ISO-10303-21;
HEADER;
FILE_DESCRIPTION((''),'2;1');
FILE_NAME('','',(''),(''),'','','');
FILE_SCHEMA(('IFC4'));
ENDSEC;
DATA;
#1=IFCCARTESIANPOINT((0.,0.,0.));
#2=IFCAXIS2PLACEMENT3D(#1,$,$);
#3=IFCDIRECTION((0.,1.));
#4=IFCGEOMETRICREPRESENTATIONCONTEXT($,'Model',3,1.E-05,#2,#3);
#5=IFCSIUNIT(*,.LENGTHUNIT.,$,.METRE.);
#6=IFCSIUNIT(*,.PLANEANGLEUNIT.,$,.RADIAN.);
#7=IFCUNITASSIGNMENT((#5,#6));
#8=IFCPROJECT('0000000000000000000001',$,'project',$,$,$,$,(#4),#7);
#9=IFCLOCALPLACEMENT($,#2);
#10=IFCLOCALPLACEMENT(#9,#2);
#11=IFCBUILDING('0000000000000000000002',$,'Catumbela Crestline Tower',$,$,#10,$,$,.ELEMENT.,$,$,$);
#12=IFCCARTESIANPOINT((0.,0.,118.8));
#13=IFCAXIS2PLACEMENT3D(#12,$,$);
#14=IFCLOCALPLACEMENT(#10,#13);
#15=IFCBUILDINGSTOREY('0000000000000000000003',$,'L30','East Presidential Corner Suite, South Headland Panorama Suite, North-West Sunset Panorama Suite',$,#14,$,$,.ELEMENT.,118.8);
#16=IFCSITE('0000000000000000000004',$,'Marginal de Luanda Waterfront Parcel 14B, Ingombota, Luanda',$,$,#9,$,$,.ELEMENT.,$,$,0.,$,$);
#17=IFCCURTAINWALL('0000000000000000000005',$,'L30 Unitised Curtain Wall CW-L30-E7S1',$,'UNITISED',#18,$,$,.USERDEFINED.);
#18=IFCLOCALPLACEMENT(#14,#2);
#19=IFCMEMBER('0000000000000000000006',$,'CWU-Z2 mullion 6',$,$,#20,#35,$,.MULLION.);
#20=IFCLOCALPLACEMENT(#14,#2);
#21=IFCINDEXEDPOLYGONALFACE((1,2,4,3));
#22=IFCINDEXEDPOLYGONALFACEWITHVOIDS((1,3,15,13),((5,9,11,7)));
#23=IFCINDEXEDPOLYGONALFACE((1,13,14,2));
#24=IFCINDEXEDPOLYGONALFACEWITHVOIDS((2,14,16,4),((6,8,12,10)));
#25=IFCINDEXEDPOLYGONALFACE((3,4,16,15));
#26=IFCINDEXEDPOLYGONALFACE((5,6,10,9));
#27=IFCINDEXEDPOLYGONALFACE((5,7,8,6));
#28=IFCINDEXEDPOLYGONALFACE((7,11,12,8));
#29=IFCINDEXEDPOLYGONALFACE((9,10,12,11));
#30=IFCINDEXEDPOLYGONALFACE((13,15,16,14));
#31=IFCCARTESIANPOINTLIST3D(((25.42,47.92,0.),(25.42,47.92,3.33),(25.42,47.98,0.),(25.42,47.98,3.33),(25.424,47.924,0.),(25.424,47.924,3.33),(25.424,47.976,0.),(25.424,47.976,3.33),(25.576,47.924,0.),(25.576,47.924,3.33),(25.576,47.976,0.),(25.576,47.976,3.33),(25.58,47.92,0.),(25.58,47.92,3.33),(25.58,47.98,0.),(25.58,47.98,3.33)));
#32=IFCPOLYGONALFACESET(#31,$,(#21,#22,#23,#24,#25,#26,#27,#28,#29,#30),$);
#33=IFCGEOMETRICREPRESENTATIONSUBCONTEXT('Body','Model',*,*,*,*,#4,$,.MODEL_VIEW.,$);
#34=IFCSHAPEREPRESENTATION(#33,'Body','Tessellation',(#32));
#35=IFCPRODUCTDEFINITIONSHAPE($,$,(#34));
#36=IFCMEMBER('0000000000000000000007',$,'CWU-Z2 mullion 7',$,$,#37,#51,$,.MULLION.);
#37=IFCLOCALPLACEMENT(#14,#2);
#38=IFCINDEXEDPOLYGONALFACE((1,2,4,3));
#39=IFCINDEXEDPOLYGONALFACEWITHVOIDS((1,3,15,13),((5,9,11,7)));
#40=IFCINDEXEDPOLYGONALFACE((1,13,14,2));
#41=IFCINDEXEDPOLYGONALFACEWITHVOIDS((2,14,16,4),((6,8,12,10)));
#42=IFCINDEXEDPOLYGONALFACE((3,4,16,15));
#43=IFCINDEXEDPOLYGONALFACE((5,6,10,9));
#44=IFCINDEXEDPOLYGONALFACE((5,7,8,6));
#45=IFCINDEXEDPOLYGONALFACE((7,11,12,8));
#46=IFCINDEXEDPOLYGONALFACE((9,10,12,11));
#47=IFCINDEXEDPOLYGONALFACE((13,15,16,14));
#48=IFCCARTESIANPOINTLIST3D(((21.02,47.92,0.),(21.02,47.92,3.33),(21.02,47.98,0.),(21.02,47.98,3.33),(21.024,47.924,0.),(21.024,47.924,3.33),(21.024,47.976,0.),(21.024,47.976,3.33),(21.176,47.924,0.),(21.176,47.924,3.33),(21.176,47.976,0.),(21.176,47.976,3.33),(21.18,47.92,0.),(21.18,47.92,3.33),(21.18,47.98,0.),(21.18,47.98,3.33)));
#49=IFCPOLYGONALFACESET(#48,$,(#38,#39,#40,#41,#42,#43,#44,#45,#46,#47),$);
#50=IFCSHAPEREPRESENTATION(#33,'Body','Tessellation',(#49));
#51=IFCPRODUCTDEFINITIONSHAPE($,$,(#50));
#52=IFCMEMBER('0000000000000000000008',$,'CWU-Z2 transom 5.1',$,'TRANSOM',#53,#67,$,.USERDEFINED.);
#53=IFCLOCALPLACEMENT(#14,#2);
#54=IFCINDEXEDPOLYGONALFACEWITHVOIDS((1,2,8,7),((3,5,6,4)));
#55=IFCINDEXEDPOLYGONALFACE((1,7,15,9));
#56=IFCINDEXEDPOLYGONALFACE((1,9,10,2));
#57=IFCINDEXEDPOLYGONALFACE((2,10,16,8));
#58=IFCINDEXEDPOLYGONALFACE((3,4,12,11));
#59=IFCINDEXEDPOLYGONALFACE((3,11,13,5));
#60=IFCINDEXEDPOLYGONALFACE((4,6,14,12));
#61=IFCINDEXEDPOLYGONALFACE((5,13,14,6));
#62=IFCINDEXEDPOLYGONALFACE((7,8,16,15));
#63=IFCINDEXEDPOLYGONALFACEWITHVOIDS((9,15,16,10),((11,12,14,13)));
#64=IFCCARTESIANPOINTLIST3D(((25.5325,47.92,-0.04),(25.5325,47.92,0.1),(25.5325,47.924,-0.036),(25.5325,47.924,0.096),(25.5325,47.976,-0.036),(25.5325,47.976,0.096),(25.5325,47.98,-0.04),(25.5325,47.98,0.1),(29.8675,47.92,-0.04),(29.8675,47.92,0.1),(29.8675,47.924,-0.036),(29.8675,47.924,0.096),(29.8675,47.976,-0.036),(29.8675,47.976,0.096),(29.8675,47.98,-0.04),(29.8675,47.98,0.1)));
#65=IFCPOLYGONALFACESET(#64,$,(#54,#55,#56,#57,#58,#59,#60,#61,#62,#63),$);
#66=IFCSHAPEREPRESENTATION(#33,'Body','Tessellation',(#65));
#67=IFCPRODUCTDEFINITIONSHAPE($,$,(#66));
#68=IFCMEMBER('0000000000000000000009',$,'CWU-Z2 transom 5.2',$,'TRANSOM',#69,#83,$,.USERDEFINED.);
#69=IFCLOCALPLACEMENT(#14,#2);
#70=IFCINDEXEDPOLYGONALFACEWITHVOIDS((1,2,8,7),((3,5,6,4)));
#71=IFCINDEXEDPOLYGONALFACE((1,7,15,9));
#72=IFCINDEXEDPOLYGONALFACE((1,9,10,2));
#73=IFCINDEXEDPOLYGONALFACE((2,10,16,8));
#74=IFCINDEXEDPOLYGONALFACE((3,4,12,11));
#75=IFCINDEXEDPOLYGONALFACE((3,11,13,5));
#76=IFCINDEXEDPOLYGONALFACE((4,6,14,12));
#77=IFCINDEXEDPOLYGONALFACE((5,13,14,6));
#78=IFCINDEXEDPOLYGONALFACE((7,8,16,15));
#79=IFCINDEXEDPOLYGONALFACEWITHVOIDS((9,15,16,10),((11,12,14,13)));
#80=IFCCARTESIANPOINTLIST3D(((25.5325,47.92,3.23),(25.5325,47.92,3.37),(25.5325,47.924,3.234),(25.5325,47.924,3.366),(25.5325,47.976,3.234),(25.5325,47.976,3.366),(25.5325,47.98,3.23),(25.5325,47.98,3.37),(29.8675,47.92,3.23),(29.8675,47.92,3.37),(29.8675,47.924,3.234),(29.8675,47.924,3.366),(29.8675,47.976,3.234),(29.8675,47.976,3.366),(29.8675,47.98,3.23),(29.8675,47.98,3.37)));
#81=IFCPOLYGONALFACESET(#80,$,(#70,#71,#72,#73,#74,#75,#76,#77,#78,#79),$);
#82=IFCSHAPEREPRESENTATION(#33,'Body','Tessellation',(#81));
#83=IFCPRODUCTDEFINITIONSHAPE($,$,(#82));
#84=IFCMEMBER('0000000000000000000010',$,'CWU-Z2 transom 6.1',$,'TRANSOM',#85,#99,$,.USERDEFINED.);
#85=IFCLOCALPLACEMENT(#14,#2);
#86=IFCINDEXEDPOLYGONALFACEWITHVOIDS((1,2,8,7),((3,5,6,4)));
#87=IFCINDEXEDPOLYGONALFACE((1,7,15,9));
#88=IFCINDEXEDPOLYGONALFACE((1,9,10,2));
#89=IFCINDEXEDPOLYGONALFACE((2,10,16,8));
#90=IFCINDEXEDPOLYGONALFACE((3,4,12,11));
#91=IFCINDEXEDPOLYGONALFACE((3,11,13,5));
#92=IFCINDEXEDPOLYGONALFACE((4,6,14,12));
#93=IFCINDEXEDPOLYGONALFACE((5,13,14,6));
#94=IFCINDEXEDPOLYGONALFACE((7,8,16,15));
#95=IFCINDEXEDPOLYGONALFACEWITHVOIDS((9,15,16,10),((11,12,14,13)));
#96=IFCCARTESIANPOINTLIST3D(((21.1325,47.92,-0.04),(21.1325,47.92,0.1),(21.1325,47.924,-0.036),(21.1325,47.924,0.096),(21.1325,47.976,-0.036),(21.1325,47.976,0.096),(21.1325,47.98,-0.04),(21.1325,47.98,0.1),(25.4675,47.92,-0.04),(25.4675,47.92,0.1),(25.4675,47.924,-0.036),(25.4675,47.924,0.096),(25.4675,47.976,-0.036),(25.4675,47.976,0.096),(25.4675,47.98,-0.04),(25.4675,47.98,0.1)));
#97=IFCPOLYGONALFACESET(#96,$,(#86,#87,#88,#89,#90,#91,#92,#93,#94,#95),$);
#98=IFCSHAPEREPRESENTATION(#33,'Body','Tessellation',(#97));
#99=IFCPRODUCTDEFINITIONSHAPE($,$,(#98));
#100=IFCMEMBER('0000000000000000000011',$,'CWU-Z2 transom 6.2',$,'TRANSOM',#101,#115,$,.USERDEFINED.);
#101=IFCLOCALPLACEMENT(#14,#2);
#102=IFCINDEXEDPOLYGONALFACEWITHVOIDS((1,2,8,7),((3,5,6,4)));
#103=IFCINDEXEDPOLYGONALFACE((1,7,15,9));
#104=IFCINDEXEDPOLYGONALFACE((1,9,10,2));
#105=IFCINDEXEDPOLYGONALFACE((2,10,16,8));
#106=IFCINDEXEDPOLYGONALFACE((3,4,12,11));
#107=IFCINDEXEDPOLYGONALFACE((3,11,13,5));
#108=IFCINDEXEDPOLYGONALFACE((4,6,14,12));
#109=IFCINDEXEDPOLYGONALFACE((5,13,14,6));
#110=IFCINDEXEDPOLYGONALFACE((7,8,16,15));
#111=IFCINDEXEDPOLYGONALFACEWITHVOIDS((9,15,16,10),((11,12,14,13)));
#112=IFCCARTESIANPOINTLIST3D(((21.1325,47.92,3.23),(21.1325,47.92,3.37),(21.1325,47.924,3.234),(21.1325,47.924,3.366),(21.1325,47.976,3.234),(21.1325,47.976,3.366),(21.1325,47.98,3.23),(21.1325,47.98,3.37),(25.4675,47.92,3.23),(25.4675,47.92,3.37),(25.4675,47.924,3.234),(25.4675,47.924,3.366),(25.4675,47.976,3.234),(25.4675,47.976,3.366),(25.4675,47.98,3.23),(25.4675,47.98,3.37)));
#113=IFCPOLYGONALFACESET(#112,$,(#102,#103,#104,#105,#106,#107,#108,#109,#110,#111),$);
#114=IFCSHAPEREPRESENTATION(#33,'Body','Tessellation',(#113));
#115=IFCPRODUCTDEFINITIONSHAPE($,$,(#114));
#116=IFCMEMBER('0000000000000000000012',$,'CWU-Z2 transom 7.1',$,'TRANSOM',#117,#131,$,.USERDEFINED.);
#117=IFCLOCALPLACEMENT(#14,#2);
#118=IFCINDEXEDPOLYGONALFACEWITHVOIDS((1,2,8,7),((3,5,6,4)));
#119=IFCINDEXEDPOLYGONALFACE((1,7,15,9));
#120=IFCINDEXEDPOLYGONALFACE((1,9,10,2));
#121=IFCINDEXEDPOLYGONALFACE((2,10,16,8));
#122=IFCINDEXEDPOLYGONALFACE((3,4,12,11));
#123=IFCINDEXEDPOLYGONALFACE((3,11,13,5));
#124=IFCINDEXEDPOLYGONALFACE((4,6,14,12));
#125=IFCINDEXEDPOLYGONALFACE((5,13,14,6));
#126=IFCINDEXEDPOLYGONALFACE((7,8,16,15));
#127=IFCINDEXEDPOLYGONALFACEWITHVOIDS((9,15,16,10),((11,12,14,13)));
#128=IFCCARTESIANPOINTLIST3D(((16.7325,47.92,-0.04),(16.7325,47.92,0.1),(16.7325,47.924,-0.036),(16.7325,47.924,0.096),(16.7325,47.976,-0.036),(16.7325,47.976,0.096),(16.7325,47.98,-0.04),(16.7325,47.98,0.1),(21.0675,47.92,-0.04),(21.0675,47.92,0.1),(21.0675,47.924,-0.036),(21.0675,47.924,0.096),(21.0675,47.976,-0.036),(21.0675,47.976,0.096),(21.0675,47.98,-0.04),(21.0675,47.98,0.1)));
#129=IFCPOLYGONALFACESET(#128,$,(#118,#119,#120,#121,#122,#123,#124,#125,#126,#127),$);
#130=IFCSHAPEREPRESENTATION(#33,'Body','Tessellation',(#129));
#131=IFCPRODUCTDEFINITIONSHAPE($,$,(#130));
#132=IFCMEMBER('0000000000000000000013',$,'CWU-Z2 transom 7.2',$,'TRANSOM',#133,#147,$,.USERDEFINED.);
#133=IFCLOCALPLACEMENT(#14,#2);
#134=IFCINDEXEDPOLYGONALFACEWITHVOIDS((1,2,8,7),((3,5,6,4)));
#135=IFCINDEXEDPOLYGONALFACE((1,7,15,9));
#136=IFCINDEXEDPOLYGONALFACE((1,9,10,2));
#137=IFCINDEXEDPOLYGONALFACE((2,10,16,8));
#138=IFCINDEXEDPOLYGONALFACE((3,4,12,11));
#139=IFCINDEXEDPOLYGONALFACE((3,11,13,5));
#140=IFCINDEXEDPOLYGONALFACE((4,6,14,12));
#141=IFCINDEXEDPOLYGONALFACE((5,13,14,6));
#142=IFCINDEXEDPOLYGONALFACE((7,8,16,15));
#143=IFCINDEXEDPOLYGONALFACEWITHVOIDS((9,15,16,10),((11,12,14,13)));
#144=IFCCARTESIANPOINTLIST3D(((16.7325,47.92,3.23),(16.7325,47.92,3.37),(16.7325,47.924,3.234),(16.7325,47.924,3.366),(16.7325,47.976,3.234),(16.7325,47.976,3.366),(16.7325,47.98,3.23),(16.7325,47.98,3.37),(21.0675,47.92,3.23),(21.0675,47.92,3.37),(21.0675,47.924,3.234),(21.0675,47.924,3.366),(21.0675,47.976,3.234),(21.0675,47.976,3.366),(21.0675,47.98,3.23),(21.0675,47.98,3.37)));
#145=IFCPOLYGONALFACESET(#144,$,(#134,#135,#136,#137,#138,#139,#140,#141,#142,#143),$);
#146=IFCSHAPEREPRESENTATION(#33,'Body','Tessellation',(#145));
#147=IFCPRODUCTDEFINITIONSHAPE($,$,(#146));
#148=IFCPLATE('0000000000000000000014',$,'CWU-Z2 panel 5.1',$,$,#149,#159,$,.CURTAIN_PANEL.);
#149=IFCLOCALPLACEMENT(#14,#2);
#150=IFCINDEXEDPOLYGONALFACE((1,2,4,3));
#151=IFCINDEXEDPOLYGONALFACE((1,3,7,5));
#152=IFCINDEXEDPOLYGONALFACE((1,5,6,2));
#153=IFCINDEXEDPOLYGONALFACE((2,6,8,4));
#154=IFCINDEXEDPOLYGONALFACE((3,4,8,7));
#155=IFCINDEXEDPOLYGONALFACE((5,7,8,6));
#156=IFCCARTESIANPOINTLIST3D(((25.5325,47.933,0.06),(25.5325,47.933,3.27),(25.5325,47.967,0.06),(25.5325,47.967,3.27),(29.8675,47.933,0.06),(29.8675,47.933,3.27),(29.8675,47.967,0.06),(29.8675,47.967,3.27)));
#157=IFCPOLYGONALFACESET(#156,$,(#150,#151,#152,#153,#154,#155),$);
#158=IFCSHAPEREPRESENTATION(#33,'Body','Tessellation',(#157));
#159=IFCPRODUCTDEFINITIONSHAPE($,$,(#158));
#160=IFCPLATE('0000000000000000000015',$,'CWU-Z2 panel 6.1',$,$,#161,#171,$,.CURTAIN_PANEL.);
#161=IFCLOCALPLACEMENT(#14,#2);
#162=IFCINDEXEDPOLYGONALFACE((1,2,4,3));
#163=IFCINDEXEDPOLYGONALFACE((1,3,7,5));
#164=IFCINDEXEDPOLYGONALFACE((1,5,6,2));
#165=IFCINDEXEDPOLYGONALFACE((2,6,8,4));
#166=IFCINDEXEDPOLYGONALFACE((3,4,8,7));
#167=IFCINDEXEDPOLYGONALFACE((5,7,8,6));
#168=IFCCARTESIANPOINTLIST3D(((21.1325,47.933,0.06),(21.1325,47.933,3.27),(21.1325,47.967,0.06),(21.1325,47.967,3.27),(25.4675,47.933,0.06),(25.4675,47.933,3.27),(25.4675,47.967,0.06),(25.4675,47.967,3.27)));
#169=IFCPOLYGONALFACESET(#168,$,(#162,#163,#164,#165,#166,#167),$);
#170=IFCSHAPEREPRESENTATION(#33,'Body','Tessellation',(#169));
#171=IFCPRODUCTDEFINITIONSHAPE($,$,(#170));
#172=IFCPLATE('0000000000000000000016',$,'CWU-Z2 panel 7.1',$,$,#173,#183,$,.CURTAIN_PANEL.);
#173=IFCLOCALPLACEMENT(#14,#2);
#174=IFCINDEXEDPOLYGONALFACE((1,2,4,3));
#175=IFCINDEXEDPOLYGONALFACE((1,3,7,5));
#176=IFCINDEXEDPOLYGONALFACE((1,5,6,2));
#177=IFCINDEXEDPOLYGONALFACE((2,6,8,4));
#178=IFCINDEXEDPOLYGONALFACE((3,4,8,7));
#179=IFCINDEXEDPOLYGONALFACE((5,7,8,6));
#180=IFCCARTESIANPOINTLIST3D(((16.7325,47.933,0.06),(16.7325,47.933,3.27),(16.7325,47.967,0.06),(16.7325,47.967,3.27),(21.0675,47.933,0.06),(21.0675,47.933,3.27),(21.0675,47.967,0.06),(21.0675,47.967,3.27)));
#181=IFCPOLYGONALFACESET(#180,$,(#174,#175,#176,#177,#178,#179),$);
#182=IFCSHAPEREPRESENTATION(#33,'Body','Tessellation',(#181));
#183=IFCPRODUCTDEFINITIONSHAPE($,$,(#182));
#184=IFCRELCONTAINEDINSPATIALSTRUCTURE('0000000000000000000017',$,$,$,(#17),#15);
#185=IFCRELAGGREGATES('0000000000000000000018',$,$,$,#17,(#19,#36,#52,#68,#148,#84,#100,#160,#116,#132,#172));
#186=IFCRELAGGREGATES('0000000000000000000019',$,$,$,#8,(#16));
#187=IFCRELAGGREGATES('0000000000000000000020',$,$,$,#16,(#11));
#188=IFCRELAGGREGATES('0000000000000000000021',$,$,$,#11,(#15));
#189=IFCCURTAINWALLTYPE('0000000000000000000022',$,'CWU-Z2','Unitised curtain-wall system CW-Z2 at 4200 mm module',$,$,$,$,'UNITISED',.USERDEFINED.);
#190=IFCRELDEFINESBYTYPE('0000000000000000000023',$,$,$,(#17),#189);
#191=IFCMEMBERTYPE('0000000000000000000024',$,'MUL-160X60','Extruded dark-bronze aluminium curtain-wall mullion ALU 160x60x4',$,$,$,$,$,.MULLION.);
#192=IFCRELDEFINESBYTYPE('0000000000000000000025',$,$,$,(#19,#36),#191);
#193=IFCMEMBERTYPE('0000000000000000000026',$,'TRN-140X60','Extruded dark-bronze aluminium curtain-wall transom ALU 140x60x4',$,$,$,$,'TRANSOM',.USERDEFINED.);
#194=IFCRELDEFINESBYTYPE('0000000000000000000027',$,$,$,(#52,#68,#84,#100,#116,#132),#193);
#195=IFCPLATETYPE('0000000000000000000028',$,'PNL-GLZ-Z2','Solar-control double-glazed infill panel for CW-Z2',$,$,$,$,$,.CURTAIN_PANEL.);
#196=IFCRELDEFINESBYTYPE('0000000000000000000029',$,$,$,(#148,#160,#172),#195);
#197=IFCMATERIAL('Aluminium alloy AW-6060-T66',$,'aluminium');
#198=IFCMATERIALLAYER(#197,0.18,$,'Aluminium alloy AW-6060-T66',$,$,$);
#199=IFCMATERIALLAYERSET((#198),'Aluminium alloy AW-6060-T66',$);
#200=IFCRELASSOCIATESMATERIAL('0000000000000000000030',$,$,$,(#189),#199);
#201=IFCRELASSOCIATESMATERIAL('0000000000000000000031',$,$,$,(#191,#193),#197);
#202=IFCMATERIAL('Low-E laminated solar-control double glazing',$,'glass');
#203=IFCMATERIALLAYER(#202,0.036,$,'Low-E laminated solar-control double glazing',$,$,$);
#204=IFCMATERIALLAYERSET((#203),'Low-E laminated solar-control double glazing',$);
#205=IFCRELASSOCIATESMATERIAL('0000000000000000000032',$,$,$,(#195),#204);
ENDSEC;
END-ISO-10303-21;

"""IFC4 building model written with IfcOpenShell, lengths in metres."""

from ifc_helpers import new_model, si_unit, direction, frame, origin, origin_2d, place, context, subcontext, project, spatial, rectangle, hollow_rectangle, extrude, material, layer, layer_set, material_profile, profile_set, type_object, element, aggregate, save


model = new_model("IFC4")

# Units and contexts
model_context = context("Model", 3, precision=1e-05, world=origin(), true_north=direction((0.0, 1.0)))
body_context = subcontext(model_context, "Body", "Model", "MODEL_VIEW")
ifc_project = project(units=[si_unit("LENGTHUNIT", "METRE"), si_unit("PLANEANGLEUNIT", "RADIAN")], contexts=[model_context])

# Site, building, storey
site_placement = place(None, origin())
site = spatial("IfcSite", under=ifc_project, at=site_placement, Name="Marginal de Luanda Waterfront Parcel 14B, Ingombota, Luanda", CompositionType="ELEMENT", RefElevation=0.0)
building_placement = place(site_placement, origin())
building = spatial("IfcBuilding", under=site, at=building_placement, Name="Catumbela Crestline Tower", CompositionType="ELEMENT")
storey_placement = place(building_placement, frame((0.0, 0.0, 118.8)))
storey = spatial("IfcBuildingStorey", under=building, at=storey_placement, Name="L30", Description="East Presidential Corner Suite, South Headland Panorama Suite, North-West Sunset Panorama Suite", CompositionType="ELEMENT", Elevation=118.8)

# Curtain wall, members, plates
ifc_material_1 = material(Name="Aluminium alloy AW-6060-T66", Category="aluminium")
ifc_layer_1 = layer(ifc_material_1, 0.18, Name="Aluminium alloy AW-6060-T66")
ifc_layer_set_1 = layer_set([ifc_layer_1], Name="Aluminium alloy AW-6060-T66")
curtain_wall_type = type_object("IfcCurtainWallType", Name="CWU-Z2", Description="Unitised curtain-wall system CW-Z2 at 4200 mm module", ElementType="UNITISED", PredefinedType="USERDEFINED", material=ifc_layer_set_1)
curtain_wall_placement = place(storey_placement, origin())
curtain_wall = element("IfcCurtainWall", 1, at=curtain_wall_placement, inside=storey, type_object=curtain_wall_type, Name="L30 Unitised Curtain Wall CW-L30-E7S1", ObjectType="UNITISED", PredefinedType="USERDEFINED")
ifc_material_profile_1 = material_profile(ifc_material_1, hollow_rectangle(XDim=0.06, YDim=0.16, WallThickness=0.004, at=origin_2d()), Name="ALU 160x60x4")
ifc_profile_set_1 = profile_set([ifc_material_profile_1], Name="Aluminium alloy AW-6060-T66")
member_type_1 = type_object("IfcMemberType", Name="MUL-160X60", Description="Extruded dark-bronze aluminium curtain-wall mullion ALU 160x60x4", PredefinedType="MULLION", material=ifc_profile_set_1)
member_1_placement = place(storey_placement, frame((25.5, 47.95, 0.0), z_axis=(0.0, 0.0, 1.0), x_axis=(0.0, -1.0, 0.0)))
member_1 = element("IfcMember", 2, at=member_1_placement, type_object=member_type_1, Name="CWU-Z2 mullion 6", PredefinedType="MULLION", context=body_context, shape_type="SweptSolid", body=[
    extrude(hollow_rectangle(XDim=0.06, YDim=0.16, WallThickness=0.004, at=origin_2d()), origin(), (0.0, 0.0, 1.0), 3.33),
])
member_2_placement = place(storey_placement, frame((21.1, 47.95, 0.0), z_axis=(0.0, 0.0, 1.0), x_axis=(0.0, -1.0, 0.0)))
member_2 = element("IfcMember", 3, at=member_2_placement, type_object=member_type_1, Name="CWU-Z2 mullion 7", PredefinedType="MULLION", context=body_context, shape_type="SweptSolid", body=[
    extrude(hollow_rectangle(XDim=0.06, YDim=0.16, WallThickness=0.004, at=origin_2d()), origin(), (0.0, 0.0, 1.0), 3.33),
])
ifc_material_profile_2 = material_profile(ifc_material_1, hollow_rectangle(XDim=0.06, YDim=0.14, WallThickness=0.004, at=origin_2d()), Name="ALU 140x60x4")
ifc_profile_set_2 = profile_set([ifc_material_profile_2], Name="Aluminium alloy AW-6060-T66")
member_type_2 = type_object("IfcMemberType", Name="TRN-140X60", Description="Extruded dark-bronze aluminium curtain-wall transom ALU 140x60x4", ElementType="TRANSOM", PredefinedType="USERDEFINED", material=ifc_profile_set_2)
member_3_placement = place(storey_placement, frame((29.8675, 47.95, 0.03), z_axis=(-1.0, 0.0, 0.0), x_axis=(0.0, -1.0, 0.0)))
member_3 = element("IfcMember", 4, at=member_3_placement, type_object=member_type_2, Name="CWU-Z2 transom 5.1", ObjectType="TRANSOM", PredefinedType="USERDEFINED", context=body_context, shape_type="SweptSolid", body=[
    extrude(hollow_rectangle(XDim=0.06, YDim=0.14, WallThickness=0.004, at=origin_2d()), origin(), (0.0, 0.0, 1.0), 4.335),
])
member_4_placement = place(storey_placement, frame((29.8675, 47.95, 3.3), z_axis=(-1.0, 0.0, 0.0), x_axis=(0.0, -1.0, 0.0)))
member_4 = element("IfcMember", 5, at=member_4_placement, type_object=member_type_2, Name="CWU-Z2 transom 5.2", ObjectType="TRANSOM", PredefinedType="USERDEFINED", context=body_context, shape_type="SweptSolid", body=[
    extrude(hollow_rectangle(XDim=0.06, YDim=0.14, WallThickness=0.004, at=origin_2d()), origin(), (0.0, 0.0, 1.0), 4.335),
])
member_5_placement = place(storey_placement, frame((25.4675, 47.95, 0.03), z_axis=(-1.0, 0.0, 0.0), x_axis=(0.0, -1.0, 0.0)))
member_5 = element("IfcMember", 6, at=member_5_placement, type_object=member_type_2, Name="CWU-Z2 transom 6.1", ObjectType="TRANSOM", PredefinedType="USERDEFINED", context=body_context, shape_type="SweptSolid", body=[
    extrude(hollow_rectangle(XDim=0.06, YDim=0.14, WallThickness=0.004, at=origin_2d()), origin(), (0.0, 0.0, 1.0), 4.335),
])
member_6_placement = place(storey_placement, frame((25.4675, 47.95, 3.3), z_axis=(-1.0, 0.0, 0.0), x_axis=(0.0, -1.0, 0.0)))
member_6 = element("IfcMember", 7, at=member_6_placement, type_object=member_type_2, Name="CWU-Z2 transom 6.2", ObjectType="TRANSOM", PredefinedType="USERDEFINED", context=body_context, shape_type="SweptSolid", body=[
    extrude(hollow_rectangle(XDim=0.06, YDim=0.14, WallThickness=0.004, at=origin_2d()), origin(), (0.0, 0.0, 1.0), 4.335),
])
member_7_placement = place(storey_placement, frame((21.0675, 47.95, 0.03), z_axis=(-1.0, 0.0, 0.0), x_axis=(0.0, -1.0, 0.0)))
member_7 = element("IfcMember", 8, at=member_7_placement, type_object=member_type_2, Name="CWU-Z2 transom 7.1", ObjectType="TRANSOM", PredefinedType="USERDEFINED", context=body_context, shape_type="SweptSolid", body=[
    extrude(hollow_rectangle(XDim=0.06, YDim=0.14, WallThickness=0.004, at=origin_2d()), origin(), (0.0, 0.0, 1.0), 4.335),
])
member_8_placement = place(storey_placement, frame((21.0675, 47.95, 3.3), z_axis=(-1.0, 0.0, 0.0), x_axis=(0.0, -1.0, 0.0)))
member_8 = element("IfcMember", 9, at=member_8_placement, type_object=member_type_2, Name="CWU-Z2 transom 7.2", ObjectType="TRANSOM", PredefinedType="USERDEFINED", context=body_context, shape_type="SweptSolid", body=[
    extrude(hollow_rectangle(XDim=0.06, YDim=0.14, WallThickness=0.004, at=origin_2d()), origin(), (0.0, 0.0, 1.0), 4.335),
])
ifc_material_2 = material(Name="Low-E laminated solar-control double glazing", Category="glass")
ifc_layer_2 = layer(ifc_material_2, 0.036, Name="Low-E laminated solar-control double glazing")
ifc_layer_set_2 = layer_set([ifc_layer_2], Name="Low-E laminated solar-control double glazing")
plate_type = type_object("IfcPlateType", Name="PNL-GLZ-Z2", Description="Solar-control double-glazed infill panel for CW-Z2", PredefinedType="CURTAIN_PANEL", material=ifc_layer_set_2)
plate_1_placement = place(storey_placement, frame((27.7, 47.95, 0.06), z_axis=(0.0, 0.0, 1.0), x_axis=(-1.0, 0.0, 0.0)))
plate_1 = element("IfcPlate", 10, at=plate_1_placement, type_object=plate_type, Name="CWU-Z2 panel 5.1", PredefinedType="CURTAIN_PANEL", context=body_context, shape_type="SweptSolid", body=[
    extrude(rectangle(XDim=4.335, YDim=0.034, at=origin_2d()), origin(), (0.0, 0.0, 1.0), 3.21),
])
plate_2_placement = place(storey_placement, frame((23.3, 47.95, 0.06), z_axis=(0.0, 0.0, 1.0), x_axis=(-1.0, 0.0, 0.0)))
plate_2 = element("IfcPlate", 11, at=plate_2_placement, type_object=plate_type, Name="CWU-Z2 panel 6.1", PredefinedType="CURTAIN_PANEL", context=body_context, shape_type="SweptSolid", body=[
    extrude(rectangle(XDim=4.335, YDim=0.034, at=origin_2d()), origin(), (0.0, 0.0, 1.0), 3.21),
])
plate_3_placement = place(storey_placement, frame((18.9, 47.95, 0.06), z_axis=(0.0, 0.0, 1.0), x_axis=(-1.0, 0.0, 0.0)))
plate_3 = element("IfcPlate", 12, at=plate_3_placement, type_object=plate_type, Name="CWU-Z2 panel 7.1", PredefinedType="CURTAIN_PANEL", context=body_context, shape_type="SweptSolid", body=[
    extrude(rectangle(XDim=4.335, YDim=0.034, at=origin_2d()), origin(), (0.0, 0.0, 1.0), 3.21),
])
aggregate(curtain_wall, [member_1, member_2, member_3, member_4, plate_1, member_5, member_6, plate_2, member_7, member_8, plate_3])

save(model, "model.ifc")
